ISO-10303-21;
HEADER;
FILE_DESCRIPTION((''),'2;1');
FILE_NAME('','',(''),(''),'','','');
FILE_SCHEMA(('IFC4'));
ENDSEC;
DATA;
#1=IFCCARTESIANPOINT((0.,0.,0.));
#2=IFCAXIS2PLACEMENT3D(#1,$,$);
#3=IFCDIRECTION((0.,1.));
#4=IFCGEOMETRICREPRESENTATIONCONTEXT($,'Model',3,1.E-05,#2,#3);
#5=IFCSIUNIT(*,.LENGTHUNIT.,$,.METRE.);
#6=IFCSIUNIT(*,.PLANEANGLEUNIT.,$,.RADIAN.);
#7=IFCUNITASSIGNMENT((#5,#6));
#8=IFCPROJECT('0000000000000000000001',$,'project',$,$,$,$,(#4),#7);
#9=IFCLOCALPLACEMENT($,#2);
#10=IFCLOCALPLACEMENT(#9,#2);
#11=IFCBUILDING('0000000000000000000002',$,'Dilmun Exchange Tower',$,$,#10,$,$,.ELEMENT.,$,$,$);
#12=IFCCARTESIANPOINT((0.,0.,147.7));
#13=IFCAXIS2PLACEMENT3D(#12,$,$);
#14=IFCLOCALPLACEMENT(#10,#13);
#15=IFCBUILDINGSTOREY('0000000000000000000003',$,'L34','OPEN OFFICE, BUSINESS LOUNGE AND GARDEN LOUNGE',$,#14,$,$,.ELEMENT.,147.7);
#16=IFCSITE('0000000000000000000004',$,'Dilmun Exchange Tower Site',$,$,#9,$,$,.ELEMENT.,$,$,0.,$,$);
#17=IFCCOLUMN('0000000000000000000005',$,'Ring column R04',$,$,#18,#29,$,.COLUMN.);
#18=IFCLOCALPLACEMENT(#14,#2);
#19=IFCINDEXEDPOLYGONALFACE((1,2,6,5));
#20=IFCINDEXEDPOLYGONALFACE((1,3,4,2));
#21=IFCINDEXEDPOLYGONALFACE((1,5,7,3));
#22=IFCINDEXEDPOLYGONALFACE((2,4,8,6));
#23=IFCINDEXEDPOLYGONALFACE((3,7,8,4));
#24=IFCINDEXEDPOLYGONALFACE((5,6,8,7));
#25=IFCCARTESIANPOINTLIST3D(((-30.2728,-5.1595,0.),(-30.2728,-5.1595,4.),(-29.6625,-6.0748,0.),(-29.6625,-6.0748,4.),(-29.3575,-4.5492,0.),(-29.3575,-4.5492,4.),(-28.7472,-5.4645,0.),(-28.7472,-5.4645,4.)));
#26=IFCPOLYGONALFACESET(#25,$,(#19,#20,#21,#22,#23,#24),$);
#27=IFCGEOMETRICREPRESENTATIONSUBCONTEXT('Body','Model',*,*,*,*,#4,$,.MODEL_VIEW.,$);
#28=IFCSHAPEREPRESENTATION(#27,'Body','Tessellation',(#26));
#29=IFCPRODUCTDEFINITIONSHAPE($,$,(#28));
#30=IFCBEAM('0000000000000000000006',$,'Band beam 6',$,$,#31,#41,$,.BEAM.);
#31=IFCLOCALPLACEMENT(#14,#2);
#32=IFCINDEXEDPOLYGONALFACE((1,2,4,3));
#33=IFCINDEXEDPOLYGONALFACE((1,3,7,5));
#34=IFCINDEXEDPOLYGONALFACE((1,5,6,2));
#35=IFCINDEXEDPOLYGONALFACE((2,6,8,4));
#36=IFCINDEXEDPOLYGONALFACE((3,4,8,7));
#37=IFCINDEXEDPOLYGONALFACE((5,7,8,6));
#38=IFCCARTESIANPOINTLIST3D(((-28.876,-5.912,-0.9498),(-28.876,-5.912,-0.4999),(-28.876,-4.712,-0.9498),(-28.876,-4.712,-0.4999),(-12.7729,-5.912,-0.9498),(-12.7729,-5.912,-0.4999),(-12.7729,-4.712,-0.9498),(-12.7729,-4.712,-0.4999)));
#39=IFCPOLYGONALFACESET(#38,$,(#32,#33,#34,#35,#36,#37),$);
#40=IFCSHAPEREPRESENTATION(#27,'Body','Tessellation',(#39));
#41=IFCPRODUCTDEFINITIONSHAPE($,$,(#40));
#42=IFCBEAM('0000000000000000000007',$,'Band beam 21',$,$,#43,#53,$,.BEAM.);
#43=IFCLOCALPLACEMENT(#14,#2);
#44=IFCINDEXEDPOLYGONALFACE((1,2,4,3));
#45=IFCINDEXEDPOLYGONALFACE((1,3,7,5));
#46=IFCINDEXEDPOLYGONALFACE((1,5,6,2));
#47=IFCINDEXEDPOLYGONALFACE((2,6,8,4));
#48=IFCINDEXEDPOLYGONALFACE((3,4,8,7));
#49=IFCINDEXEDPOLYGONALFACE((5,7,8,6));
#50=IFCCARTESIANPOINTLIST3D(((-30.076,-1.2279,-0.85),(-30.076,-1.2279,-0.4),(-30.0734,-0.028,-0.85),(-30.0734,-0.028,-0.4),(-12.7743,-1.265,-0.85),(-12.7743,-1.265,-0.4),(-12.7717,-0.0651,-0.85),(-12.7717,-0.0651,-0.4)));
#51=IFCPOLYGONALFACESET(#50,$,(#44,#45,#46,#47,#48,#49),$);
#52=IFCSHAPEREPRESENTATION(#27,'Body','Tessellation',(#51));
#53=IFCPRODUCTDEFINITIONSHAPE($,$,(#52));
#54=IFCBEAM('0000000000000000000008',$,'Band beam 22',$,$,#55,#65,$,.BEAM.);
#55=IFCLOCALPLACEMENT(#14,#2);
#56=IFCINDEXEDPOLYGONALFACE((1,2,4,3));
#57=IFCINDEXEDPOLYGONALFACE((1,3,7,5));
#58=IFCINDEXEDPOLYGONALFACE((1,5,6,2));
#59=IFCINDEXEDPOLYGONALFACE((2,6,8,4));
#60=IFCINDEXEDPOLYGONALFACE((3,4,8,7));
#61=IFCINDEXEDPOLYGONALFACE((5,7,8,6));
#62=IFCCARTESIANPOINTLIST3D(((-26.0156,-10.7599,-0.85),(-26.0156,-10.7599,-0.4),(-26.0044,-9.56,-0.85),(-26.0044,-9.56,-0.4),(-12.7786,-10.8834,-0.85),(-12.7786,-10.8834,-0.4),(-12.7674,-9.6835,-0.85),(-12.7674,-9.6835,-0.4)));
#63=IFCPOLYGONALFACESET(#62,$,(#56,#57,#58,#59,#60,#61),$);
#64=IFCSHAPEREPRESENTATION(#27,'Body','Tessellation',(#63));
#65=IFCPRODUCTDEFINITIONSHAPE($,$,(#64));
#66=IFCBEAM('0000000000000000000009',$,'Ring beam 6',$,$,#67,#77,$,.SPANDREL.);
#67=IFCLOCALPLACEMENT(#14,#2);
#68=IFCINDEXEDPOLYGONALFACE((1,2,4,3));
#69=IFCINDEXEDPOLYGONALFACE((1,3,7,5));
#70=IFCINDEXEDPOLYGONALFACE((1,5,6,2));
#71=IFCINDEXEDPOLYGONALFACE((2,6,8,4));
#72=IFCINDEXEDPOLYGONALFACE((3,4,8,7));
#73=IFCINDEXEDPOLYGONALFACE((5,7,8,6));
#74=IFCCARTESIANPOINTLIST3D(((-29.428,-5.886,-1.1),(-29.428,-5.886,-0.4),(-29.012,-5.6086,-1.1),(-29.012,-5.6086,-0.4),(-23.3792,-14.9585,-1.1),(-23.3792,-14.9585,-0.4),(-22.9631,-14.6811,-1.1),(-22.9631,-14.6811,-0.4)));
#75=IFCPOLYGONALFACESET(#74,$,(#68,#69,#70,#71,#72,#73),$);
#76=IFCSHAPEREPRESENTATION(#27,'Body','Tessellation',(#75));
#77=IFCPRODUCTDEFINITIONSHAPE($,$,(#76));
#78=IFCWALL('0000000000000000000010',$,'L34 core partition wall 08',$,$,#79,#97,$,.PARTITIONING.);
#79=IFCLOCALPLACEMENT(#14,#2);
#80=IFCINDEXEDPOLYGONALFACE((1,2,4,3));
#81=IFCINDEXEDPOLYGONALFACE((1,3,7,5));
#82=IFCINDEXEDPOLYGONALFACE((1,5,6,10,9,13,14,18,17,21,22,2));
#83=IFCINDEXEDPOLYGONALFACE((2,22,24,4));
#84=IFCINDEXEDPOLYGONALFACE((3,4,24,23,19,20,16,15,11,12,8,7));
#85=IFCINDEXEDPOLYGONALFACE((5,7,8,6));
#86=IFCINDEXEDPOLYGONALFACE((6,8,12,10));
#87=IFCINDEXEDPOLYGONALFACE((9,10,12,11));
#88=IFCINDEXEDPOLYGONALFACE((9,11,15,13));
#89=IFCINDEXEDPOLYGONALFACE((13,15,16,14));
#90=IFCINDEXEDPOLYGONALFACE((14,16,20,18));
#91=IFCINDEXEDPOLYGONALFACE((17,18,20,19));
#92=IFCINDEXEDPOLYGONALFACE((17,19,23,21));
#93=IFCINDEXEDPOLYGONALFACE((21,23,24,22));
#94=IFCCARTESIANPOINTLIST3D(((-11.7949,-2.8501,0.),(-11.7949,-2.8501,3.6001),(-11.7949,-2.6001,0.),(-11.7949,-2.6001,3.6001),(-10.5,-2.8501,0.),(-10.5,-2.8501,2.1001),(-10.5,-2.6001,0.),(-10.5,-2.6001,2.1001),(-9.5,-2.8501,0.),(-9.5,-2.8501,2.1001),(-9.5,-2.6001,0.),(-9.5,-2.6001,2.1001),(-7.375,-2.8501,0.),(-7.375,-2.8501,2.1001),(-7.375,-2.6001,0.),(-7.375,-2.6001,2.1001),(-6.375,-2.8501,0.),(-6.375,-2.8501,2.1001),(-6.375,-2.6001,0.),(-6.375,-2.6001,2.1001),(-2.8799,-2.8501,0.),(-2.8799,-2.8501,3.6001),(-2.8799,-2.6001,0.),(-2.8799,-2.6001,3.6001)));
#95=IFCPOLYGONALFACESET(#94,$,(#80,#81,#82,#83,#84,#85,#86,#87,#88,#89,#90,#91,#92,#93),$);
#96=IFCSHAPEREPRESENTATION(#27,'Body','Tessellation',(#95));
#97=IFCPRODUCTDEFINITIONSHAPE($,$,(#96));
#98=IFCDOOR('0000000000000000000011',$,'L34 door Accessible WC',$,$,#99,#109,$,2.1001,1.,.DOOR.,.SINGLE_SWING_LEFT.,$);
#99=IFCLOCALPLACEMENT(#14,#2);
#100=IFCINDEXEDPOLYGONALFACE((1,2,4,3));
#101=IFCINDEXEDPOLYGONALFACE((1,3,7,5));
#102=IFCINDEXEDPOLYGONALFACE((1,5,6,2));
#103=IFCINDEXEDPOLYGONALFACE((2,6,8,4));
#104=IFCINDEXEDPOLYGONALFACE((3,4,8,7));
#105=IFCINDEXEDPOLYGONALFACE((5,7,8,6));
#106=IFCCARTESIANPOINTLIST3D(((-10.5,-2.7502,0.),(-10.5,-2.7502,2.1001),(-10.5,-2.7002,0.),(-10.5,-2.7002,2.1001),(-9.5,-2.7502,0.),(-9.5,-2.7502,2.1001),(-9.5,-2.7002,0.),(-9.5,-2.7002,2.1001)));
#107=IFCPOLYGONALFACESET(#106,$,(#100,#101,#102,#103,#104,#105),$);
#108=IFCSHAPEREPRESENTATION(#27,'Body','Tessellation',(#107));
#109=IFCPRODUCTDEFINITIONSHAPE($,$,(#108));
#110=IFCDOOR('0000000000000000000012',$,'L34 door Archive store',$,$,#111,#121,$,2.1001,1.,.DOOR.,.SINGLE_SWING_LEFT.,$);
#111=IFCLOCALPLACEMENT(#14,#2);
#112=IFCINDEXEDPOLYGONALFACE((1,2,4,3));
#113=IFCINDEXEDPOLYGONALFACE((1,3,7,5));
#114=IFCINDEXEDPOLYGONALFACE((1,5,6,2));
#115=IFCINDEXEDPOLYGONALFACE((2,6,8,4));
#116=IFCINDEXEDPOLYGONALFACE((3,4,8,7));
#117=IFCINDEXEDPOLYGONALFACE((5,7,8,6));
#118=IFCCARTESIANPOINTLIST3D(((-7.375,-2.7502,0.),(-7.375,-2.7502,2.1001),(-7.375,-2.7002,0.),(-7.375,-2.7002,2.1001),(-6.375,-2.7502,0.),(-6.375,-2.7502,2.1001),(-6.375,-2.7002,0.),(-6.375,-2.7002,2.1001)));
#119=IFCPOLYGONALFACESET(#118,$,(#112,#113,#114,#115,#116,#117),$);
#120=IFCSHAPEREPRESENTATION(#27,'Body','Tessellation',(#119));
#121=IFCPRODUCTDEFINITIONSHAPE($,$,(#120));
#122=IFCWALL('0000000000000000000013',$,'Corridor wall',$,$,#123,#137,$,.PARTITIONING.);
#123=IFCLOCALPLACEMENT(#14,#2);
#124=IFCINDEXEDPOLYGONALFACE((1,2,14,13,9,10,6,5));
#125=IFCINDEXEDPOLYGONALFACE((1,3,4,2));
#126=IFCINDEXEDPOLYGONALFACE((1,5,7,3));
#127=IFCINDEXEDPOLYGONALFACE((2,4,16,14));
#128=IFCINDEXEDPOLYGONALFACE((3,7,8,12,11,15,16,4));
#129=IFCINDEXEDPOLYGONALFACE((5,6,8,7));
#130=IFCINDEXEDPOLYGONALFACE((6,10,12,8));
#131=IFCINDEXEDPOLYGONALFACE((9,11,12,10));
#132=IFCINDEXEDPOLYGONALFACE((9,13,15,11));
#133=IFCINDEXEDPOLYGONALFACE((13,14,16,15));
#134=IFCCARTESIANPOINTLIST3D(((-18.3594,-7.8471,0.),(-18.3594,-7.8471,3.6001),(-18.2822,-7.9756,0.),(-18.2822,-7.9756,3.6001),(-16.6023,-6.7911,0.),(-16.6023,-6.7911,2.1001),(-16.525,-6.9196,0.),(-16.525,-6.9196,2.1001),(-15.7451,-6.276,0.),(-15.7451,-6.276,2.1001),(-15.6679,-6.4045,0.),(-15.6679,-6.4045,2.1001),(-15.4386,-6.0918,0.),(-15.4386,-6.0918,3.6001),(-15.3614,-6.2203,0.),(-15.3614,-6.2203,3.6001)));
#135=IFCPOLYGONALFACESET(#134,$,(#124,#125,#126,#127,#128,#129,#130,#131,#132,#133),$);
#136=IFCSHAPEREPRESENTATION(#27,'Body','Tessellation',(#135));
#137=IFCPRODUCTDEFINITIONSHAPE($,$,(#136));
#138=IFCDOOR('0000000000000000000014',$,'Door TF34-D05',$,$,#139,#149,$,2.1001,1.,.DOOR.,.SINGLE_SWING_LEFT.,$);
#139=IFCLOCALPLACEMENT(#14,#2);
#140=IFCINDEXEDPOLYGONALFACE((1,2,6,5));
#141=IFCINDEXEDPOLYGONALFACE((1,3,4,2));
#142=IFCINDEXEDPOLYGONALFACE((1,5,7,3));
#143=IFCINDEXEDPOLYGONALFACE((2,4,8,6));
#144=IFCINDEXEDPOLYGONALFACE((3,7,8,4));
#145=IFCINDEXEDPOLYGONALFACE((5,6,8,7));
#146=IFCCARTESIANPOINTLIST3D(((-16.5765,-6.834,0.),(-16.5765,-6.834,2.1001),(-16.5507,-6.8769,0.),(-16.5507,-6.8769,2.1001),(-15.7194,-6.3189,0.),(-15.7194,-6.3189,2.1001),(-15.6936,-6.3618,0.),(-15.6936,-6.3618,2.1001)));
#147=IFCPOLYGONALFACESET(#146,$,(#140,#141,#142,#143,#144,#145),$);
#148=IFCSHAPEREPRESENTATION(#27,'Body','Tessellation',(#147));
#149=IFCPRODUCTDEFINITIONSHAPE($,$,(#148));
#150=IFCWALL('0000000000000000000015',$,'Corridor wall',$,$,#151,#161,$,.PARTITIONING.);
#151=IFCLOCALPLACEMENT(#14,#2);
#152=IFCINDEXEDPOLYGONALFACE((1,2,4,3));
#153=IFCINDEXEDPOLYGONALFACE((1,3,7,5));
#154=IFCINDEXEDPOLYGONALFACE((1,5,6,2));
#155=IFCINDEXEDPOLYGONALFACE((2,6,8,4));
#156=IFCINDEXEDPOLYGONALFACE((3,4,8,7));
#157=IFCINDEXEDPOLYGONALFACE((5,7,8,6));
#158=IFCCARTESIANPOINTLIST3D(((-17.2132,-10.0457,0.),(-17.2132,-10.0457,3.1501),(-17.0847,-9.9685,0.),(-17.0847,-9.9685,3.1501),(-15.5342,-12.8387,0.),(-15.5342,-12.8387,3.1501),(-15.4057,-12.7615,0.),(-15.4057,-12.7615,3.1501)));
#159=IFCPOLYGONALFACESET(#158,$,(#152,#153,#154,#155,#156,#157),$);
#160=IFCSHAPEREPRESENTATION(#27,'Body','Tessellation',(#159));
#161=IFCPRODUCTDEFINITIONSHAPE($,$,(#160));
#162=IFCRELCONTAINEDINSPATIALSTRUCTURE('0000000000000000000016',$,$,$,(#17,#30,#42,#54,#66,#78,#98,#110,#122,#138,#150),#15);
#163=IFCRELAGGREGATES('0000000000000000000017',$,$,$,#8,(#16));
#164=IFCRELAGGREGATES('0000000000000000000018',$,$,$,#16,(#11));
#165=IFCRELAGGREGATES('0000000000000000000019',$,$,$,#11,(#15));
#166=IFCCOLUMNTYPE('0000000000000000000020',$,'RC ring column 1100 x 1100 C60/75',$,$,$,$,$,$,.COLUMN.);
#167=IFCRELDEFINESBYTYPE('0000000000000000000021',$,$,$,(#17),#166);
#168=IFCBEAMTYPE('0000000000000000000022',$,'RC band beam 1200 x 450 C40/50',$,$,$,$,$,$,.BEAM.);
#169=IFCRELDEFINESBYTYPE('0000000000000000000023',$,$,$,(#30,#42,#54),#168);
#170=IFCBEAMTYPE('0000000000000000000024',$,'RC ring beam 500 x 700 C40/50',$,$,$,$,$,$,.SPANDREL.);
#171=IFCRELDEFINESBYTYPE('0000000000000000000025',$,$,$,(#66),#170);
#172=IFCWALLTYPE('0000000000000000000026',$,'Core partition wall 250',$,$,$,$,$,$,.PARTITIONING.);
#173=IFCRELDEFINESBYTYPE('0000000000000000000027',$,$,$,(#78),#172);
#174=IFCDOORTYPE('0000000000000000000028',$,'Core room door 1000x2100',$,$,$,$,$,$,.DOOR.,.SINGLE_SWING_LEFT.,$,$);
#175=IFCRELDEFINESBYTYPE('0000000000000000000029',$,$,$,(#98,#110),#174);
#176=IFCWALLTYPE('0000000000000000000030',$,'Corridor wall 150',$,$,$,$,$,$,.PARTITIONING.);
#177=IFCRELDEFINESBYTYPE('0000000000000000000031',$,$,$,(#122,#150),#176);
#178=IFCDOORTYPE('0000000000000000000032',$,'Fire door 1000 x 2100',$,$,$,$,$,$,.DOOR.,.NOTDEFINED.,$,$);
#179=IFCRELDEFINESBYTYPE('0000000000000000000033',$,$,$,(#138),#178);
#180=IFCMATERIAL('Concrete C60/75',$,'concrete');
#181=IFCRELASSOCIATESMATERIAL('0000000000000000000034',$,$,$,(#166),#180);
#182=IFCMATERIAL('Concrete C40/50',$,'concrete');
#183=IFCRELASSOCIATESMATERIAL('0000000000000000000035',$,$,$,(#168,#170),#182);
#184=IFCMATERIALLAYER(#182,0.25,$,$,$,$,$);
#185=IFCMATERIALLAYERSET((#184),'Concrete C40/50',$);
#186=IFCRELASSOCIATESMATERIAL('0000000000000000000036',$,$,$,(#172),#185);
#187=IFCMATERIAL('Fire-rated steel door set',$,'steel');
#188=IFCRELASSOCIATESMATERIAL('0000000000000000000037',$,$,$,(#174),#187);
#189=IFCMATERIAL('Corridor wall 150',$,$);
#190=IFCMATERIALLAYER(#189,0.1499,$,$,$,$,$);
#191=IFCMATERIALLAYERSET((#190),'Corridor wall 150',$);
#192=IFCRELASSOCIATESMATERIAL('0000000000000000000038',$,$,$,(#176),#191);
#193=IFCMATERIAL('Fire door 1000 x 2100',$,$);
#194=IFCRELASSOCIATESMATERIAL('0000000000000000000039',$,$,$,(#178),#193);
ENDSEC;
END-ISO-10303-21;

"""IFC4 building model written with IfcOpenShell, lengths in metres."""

from ifc_helpers import new_model, si_unit, direction, frame, frame_2d, origin, origin_2d, place, context, subcontext, project, spatial, rectangle, extrude, material, layer, layer_set, material_profile, profile_set, type_object, element, fill, save


model = new_model("IFC4")

# Units and contexts
model_context = context("Model", 3, precision=1e-05, world=origin(), true_north=direction((0.0, 1.0)))
body_context = subcontext(model_context, "Body", "Model", "MODEL_VIEW")
ifc_project = project(units=[si_unit("LENGTHUNIT", "METRE"), si_unit("PLANEANGLEUNIT", "RADIAN")], contexts=[model_context])

# Site, building, storey
site_placement = place(None, origin())
site = spatial("IfcSite", under=ifc_project, at=site_placement, Name="Dilmun Exchange Tower Site", CompositionType="ELEMENT", RefElevation=0.0)
building_placement = place(site_placement, origin())
building = spatial("IfcBuilding", under=site, at=building_placement, Name="Dilmun Exchange Tower", CompositionType="ELEMENT")
storey_placement = place(building_placement, frame((0.0, 0.0, 147.7)))
storey = spatial("IfcBuildingStorey", under=building, at=storey_placement, Name="L34", Description="OPEN OFFICE, BUSINESS LOUNGE AND GARDEN LOUNGE", CompositionType="ELEMENT", Elevation=147.7)

# Column
ifc_material_1 = material(Name="Concrete C60/75", Category="concrete")
ifc_material_profile_1 = material_profile(ifc_material_1, rectangle(XDim=1.1001, YDim=1.1001, at=origin_2d()), Name="1100 x 1100")
ifc_profile_set_1 = profile_set([ifc_material_profile_1], Name="Concrete C60/75")
column_type = type_object("IfcColumnType", Name="RC ring column 1100 x 1100 C60/75", PredefinedType="COLUMN", material=ifc_profile_set_1)
column_placement = place(storey_placement, frame((-29.51, -5.312, 0.0), z_axis=(0.0, 0.0, 1.0), x_axis=(0.832029, 0.554733, 0.0)))
element("IfcColumn", 1, at=column_placement, inside=storey, type_object=column_type, Name="Ring column R04", PredefinedType="COLUMN", context=body_context, shape_type="SweptSolid", body=[
    extrude(rectangle(XDim=1.1001, YDim=1.1001, at=origin_2d()), origin(), (0.0, 0.0, 1.0), 4.0),
])

# Beams
ifc_material_2 = material(Name="Concrete C40/50", Category="concrete")
ifc_material_profile_2 = material_profile(ifc_material_2, rectangle(XDim=1.2, YDim=0.45, at=origin_2d()), Name="1200 x 450")
ifc_profile_set_2 = profile_set([ifc_material_profile_2], Name="Concrete C40/50")
beam_type_1 = type_object("IfcBeamType", Name="RC band beam 1200 x 450 C40/50", PredefinedType="BEAM", material=ifc_profile_set_2)
beam_1_placement = place(storey_placement, frame((-28.876, -5.312, -0.7249), z_axis=(1.0, 0.0, 0.0), x_axis=(0.0, 1.0, 0.0)))
element("IfcBeam", 2, at=beam_1_placement, inside=storey, type_object=beam_type_1, Name="Band beam 6", PredefinedType="BEAM", context=body_context, shape_type="SweptSolid", body=[
    extrude(rectangle(XDim=1.2, YDim=0.45, at=origin_2d()), origin(), (0.0, 0.0, 1.0), 16.103),
])
beam_2_placement = place(storey_placement, frame((-30.0747, -0.6279, -0.625), z_axis=(0.999998, -0.002145, 0.0), x_axis=(0.002145, 0.999998, 0.0)))
element("IfcBeam", 3, at=beam_2_placement, inside=storey, type_object=beam_type_1, Name="Band beam 21", PredefinedType="BEAM", context=body_context, shape_type="SweptSolid", body=[
    extrude(rectangle(XDim=1.2, YDim=0.45, at=origin_2d()), origin(), (0.0, 0.0, 1.0), 17.3018),
])
beam_3_placement = place(storey_placement, frame((-26.01, -10.1599, -0.625), z_axis=(0.999956, -0.009332, 0.0), x_axis=(0.009332, 0.999956, 0.0)))
element("IfcBeam", 4, at=beam_3_placement, inside=storey, type_object=beam_type_1, Name="Band beam 22", PredefinedType="BEAM", context=body_context, shape_type="SweptSolid", body=[
    extrude(rectangle(XDim=1.2, YDim=0.45, at=origin_2d()), origin(), (0.0, 0.0, 1.0), 13.2375),
])
ifc_material_profile_3 = material_profile(ifc_material_2, rectangle(XDim=0.5, YDim=0.7, at=origin_2d()), Name="500 x 700")
ifc_profile_set_3 = profile_set([ifc_material_profile_3], Name="Concrete C40/50")
beam_type_2 = type_object("IfcBeamType", Name="RC ring beam 500 x 700 C40/50", PredefinedType="SPANDREL", material=ifc_profile_set_3)
beam_4_placement = place(storey_placement, frame((-29.22, -5.7473, -0.75), z_axis=(0.554731, -0.83203, 0.0), x_axis=(0.83203, 0.554731, 0.0)))
element("IfcBeam", 5, at=beam_4_placement, inside=storey, type_object=beam_type_2, Name="Ring beam 6", PredefinedType="SPANDREL", context=body_context, shape_type="SweptSolid", body=[
    extrude(rectangle(XDim=0.5, YDim=0.7, at=origin_2d()), origin(), (0.0, 0.0, 1.0), 10.9041),
])

# Wall, openings, doors
ifc_layer_1 = layer(ifc_material_2, 0.25)
ifc_layer_set_1 = layer_set([ifc_layer_1], Name="Concrete C40/50")
wall_type_1 = type_object("IfcWallType", Name="Core partition wall 250", PredefinedType="PARTITIONING", material=ifc_layer_set_1)
wall_1_placement = place(storey_placement, frame((-11.7949, -2.7251, 0.0), z_axis=(0.0, 0.0, 1.0), x_axis=(1.0, 0.0, 0.0)))
wall_1 = element("IfcWall", 6, at=wall_1_placement, inside=storey, type_object=wall_type_1, Name="L34 core partition wall 08", PredefinedType="PARTITIONING", context=body_context, shape_type="SweptSolid", body=[
    extrude(rectangle(XDim=8.915, YDim=0.25, at=frame_2d((4.4575, 0.0))), origin(), (0.0, 0.0, 1.0), 3.6001),
])
opening_1_placement = place(wall_1_placement, frame((1.2949, 0.0, 0.0)))
opening_1 = element("IfcOpeningElement", 7, at=opening_1_placement, cuts=wall_1, PredefinedType="OPENING", context=body_context, shape_type="SweptSolid", body=[
    extrude(rectangle(XDim=1.0, YDim=2.1001, at=frame_2d((0.5, 1.05))), frame((0.0, 0.135, 0.0), z_axis=(0.0, -1.0, 0.0), x_axis=(1.0, 0.0, 0.0)), (0.0, 0.0, 1.0), 0.27),
])
opening_2_placement = place(wall_1_placement, frame((4.4199, 0.0, 0.0)))
opening_2 = element("IfcOpeningElement", 8, at=opening_2_placement, cuts=wall_1, PredefinedType="OPENING", context=body_context, shape_type="SweptSolid", body=[
    extrude(rectangle(XDim=1.0, YDim=2.1001, at=frame_2d((0.5, 1.05))), frame((0.0, 0.135, 0.0), z_axis=(0.0, -1.0, 0.0), x_axis=(1.0, 0.0, 0.0)), (0.0, 0.0, 1.0), 0.27),
])
ifc_material_3 = material(Name="Fire-rated steel door set", Category="steel")
door_type_1 = type_object("IfcDoorType", Name="Core room door 1000x2100", OperationType="SINGLE_SWING_LEFT", PredefinedType="DOOR", material=ifc_material_3)
door_1_placement = place(opening_1_placement, origin())
door_1 = element("IfcDoor", 9, at=door_1_placement, inside=storey, type_object=door_type_1, Name="L34 door Accessible WC", OperationType="SINGLE_SWING_LEFT", OverallHeight=2.1001, OverallWidth=1.0, PredefinedType="DOOR", context=body_context, shape_type="SweptSolid", body=[
    extrude(rectangle(XDim=1.0, YDim=2.1001, at=frame_2d((0.5, 1.05))), frame((0.0, 0.0249, 0.0), z_axis=(0.0, -1.0, 0.0), x_axis=(1.0, 0.0, 0.0)), (0.0, 0.0, 1.0), 0.05),
])
fill(opening_1, door_1)
door_2_placement = place(opening_2_placement, origin())
door_2 = element("IfcDoor", 10, at=door_2_placement, inside=storey, type_object=door_type_1, Name="L34 door Archive store", OperationType="SINGLE_SWING_LEFT", OverallHeight=2.1001, OverallWidth=1.0, PredefinedType="DOOR", context=body_context, shape_type="SweptSolid", body=[
    extrude(rectangle(XDim=1.0, YDim=2.1001, at=frame_2d((0.5, 1.05))), frame((0.0, 0.0249, 0.0), z_axis=(0.0, -1.0, 0.0), x_axis=(1.0, 0.0, 0.0)), (0.0, 0.0, 1.0), 0.05),
])
fill(opening_2, door_2)

# Wall, opening, door
ifc_material_4 = material(Name="Corridor wall 150")
ifc_layer_2 = layer(ifc_material_4, 0.1499)
ifc_layer_set_2 = layer_set([ifc_layer_2], Name="Corridor wall 150")
wall_type_2 = type_object("IfcWallType", Name="Corridor wall 150", PredefinedType="PARTITIONING", material=ifc_layer_set_2)
wall_2_placement = place(storey_placement, frame((-18.3208, -7.9114, 0.0), z_axis=(0.0, 0.0, 1.0), x_axis=(0.857126, 0.515107, 0.0)))
wall_2 = element("IfcWall", 11, at=wall_2_placement, inside=storey, type_object=wall_type_2, Name="Corridor wall", PredefinedType="PARTITIONING", context=body_context, shape_type="SweptSolid", body=[
    extrude(rectangle(XDim=3.4077, YDim=0.1499, at=frame_2d((1.7039, 0.0))), origin(), (0.0, 0.0, 1.0), 3.6001),
])
opening_3_placement = place(wall_2_placement, frame((2.05, 0.0, 0.0)))
opening_3 = element("IfcOpeningElement", 12, at=opening_3_placement, cuts=wall_2, PredefinedType="OPENING", context=body_context, shape_type="SweptSolid", body=[
    extrude(rectangle(XDim=1.0, YDim=2.1001, at=frame_2d((0.5, 1.05))), frame((0.0, 0.085, 0.0), z_axis=(0.0, -1.0, 0.0), x_axis=(1.0, 0.0, 0.0)), (0.0, 0.0, 1.0), 0.1699),
])
ifc_material_5 = material(Name="Fire door 1000 x 2100")
door_type_2 = type_object("IfcDoorType", Name="Fire door 1000 x 2100", OperationType="NOTDEFINED", PredefinedType="DOOR", material=ifc_material_5)
door_3_placement = place(opening_3_placement, origin())
door_3 = element("IfcDoor", 13, at=door_3_placement, inside=storey, type_object=door_type_2, Name="Door TF34-D05", OperationType="SINGLE_SWING_LEFT", OverallHeight=2.1001, OverallWidth=1.0, PredefinedType="DOOR", context=body_context, shape_type="SweptSolid", body=[
    extrude(rectangle(XDim=1.0, YDim=2.1001, at=frame_2d((0.5, 1.05))), frame((0.0, 0.0249, 0.0), z_axis=(0.0, -1.0, 0.0), x_axis=(1.0, 0.0, 0.0)), (0.0, 0.0, 1.0), 0.05),
])
fill(opening_3, door_3)

# Wall
wall_3_placement = place(storey_placement, frame((-17.1489, -10.0071, 0.0), z_axis=(0.0, 0.0, 1.0), x_axis=(0.515212, -0.857063, 0.0)))
element("IfcWall", 14, at=wall_3_placement, inside=storey, type_object=wall_type_2, Name="Corridor wall", PredefinedType="PARTITIONING", context=body_context, shape_type="SweptSolid", body=[
    extrude(rectangle(XDim=3.2588, YDim=0.1499, at=frame_2d((1.6294, 0.0))), origin(), (0.0, 0.0, 1.0), 3.1501),
])

save(model, "model.ifc")
